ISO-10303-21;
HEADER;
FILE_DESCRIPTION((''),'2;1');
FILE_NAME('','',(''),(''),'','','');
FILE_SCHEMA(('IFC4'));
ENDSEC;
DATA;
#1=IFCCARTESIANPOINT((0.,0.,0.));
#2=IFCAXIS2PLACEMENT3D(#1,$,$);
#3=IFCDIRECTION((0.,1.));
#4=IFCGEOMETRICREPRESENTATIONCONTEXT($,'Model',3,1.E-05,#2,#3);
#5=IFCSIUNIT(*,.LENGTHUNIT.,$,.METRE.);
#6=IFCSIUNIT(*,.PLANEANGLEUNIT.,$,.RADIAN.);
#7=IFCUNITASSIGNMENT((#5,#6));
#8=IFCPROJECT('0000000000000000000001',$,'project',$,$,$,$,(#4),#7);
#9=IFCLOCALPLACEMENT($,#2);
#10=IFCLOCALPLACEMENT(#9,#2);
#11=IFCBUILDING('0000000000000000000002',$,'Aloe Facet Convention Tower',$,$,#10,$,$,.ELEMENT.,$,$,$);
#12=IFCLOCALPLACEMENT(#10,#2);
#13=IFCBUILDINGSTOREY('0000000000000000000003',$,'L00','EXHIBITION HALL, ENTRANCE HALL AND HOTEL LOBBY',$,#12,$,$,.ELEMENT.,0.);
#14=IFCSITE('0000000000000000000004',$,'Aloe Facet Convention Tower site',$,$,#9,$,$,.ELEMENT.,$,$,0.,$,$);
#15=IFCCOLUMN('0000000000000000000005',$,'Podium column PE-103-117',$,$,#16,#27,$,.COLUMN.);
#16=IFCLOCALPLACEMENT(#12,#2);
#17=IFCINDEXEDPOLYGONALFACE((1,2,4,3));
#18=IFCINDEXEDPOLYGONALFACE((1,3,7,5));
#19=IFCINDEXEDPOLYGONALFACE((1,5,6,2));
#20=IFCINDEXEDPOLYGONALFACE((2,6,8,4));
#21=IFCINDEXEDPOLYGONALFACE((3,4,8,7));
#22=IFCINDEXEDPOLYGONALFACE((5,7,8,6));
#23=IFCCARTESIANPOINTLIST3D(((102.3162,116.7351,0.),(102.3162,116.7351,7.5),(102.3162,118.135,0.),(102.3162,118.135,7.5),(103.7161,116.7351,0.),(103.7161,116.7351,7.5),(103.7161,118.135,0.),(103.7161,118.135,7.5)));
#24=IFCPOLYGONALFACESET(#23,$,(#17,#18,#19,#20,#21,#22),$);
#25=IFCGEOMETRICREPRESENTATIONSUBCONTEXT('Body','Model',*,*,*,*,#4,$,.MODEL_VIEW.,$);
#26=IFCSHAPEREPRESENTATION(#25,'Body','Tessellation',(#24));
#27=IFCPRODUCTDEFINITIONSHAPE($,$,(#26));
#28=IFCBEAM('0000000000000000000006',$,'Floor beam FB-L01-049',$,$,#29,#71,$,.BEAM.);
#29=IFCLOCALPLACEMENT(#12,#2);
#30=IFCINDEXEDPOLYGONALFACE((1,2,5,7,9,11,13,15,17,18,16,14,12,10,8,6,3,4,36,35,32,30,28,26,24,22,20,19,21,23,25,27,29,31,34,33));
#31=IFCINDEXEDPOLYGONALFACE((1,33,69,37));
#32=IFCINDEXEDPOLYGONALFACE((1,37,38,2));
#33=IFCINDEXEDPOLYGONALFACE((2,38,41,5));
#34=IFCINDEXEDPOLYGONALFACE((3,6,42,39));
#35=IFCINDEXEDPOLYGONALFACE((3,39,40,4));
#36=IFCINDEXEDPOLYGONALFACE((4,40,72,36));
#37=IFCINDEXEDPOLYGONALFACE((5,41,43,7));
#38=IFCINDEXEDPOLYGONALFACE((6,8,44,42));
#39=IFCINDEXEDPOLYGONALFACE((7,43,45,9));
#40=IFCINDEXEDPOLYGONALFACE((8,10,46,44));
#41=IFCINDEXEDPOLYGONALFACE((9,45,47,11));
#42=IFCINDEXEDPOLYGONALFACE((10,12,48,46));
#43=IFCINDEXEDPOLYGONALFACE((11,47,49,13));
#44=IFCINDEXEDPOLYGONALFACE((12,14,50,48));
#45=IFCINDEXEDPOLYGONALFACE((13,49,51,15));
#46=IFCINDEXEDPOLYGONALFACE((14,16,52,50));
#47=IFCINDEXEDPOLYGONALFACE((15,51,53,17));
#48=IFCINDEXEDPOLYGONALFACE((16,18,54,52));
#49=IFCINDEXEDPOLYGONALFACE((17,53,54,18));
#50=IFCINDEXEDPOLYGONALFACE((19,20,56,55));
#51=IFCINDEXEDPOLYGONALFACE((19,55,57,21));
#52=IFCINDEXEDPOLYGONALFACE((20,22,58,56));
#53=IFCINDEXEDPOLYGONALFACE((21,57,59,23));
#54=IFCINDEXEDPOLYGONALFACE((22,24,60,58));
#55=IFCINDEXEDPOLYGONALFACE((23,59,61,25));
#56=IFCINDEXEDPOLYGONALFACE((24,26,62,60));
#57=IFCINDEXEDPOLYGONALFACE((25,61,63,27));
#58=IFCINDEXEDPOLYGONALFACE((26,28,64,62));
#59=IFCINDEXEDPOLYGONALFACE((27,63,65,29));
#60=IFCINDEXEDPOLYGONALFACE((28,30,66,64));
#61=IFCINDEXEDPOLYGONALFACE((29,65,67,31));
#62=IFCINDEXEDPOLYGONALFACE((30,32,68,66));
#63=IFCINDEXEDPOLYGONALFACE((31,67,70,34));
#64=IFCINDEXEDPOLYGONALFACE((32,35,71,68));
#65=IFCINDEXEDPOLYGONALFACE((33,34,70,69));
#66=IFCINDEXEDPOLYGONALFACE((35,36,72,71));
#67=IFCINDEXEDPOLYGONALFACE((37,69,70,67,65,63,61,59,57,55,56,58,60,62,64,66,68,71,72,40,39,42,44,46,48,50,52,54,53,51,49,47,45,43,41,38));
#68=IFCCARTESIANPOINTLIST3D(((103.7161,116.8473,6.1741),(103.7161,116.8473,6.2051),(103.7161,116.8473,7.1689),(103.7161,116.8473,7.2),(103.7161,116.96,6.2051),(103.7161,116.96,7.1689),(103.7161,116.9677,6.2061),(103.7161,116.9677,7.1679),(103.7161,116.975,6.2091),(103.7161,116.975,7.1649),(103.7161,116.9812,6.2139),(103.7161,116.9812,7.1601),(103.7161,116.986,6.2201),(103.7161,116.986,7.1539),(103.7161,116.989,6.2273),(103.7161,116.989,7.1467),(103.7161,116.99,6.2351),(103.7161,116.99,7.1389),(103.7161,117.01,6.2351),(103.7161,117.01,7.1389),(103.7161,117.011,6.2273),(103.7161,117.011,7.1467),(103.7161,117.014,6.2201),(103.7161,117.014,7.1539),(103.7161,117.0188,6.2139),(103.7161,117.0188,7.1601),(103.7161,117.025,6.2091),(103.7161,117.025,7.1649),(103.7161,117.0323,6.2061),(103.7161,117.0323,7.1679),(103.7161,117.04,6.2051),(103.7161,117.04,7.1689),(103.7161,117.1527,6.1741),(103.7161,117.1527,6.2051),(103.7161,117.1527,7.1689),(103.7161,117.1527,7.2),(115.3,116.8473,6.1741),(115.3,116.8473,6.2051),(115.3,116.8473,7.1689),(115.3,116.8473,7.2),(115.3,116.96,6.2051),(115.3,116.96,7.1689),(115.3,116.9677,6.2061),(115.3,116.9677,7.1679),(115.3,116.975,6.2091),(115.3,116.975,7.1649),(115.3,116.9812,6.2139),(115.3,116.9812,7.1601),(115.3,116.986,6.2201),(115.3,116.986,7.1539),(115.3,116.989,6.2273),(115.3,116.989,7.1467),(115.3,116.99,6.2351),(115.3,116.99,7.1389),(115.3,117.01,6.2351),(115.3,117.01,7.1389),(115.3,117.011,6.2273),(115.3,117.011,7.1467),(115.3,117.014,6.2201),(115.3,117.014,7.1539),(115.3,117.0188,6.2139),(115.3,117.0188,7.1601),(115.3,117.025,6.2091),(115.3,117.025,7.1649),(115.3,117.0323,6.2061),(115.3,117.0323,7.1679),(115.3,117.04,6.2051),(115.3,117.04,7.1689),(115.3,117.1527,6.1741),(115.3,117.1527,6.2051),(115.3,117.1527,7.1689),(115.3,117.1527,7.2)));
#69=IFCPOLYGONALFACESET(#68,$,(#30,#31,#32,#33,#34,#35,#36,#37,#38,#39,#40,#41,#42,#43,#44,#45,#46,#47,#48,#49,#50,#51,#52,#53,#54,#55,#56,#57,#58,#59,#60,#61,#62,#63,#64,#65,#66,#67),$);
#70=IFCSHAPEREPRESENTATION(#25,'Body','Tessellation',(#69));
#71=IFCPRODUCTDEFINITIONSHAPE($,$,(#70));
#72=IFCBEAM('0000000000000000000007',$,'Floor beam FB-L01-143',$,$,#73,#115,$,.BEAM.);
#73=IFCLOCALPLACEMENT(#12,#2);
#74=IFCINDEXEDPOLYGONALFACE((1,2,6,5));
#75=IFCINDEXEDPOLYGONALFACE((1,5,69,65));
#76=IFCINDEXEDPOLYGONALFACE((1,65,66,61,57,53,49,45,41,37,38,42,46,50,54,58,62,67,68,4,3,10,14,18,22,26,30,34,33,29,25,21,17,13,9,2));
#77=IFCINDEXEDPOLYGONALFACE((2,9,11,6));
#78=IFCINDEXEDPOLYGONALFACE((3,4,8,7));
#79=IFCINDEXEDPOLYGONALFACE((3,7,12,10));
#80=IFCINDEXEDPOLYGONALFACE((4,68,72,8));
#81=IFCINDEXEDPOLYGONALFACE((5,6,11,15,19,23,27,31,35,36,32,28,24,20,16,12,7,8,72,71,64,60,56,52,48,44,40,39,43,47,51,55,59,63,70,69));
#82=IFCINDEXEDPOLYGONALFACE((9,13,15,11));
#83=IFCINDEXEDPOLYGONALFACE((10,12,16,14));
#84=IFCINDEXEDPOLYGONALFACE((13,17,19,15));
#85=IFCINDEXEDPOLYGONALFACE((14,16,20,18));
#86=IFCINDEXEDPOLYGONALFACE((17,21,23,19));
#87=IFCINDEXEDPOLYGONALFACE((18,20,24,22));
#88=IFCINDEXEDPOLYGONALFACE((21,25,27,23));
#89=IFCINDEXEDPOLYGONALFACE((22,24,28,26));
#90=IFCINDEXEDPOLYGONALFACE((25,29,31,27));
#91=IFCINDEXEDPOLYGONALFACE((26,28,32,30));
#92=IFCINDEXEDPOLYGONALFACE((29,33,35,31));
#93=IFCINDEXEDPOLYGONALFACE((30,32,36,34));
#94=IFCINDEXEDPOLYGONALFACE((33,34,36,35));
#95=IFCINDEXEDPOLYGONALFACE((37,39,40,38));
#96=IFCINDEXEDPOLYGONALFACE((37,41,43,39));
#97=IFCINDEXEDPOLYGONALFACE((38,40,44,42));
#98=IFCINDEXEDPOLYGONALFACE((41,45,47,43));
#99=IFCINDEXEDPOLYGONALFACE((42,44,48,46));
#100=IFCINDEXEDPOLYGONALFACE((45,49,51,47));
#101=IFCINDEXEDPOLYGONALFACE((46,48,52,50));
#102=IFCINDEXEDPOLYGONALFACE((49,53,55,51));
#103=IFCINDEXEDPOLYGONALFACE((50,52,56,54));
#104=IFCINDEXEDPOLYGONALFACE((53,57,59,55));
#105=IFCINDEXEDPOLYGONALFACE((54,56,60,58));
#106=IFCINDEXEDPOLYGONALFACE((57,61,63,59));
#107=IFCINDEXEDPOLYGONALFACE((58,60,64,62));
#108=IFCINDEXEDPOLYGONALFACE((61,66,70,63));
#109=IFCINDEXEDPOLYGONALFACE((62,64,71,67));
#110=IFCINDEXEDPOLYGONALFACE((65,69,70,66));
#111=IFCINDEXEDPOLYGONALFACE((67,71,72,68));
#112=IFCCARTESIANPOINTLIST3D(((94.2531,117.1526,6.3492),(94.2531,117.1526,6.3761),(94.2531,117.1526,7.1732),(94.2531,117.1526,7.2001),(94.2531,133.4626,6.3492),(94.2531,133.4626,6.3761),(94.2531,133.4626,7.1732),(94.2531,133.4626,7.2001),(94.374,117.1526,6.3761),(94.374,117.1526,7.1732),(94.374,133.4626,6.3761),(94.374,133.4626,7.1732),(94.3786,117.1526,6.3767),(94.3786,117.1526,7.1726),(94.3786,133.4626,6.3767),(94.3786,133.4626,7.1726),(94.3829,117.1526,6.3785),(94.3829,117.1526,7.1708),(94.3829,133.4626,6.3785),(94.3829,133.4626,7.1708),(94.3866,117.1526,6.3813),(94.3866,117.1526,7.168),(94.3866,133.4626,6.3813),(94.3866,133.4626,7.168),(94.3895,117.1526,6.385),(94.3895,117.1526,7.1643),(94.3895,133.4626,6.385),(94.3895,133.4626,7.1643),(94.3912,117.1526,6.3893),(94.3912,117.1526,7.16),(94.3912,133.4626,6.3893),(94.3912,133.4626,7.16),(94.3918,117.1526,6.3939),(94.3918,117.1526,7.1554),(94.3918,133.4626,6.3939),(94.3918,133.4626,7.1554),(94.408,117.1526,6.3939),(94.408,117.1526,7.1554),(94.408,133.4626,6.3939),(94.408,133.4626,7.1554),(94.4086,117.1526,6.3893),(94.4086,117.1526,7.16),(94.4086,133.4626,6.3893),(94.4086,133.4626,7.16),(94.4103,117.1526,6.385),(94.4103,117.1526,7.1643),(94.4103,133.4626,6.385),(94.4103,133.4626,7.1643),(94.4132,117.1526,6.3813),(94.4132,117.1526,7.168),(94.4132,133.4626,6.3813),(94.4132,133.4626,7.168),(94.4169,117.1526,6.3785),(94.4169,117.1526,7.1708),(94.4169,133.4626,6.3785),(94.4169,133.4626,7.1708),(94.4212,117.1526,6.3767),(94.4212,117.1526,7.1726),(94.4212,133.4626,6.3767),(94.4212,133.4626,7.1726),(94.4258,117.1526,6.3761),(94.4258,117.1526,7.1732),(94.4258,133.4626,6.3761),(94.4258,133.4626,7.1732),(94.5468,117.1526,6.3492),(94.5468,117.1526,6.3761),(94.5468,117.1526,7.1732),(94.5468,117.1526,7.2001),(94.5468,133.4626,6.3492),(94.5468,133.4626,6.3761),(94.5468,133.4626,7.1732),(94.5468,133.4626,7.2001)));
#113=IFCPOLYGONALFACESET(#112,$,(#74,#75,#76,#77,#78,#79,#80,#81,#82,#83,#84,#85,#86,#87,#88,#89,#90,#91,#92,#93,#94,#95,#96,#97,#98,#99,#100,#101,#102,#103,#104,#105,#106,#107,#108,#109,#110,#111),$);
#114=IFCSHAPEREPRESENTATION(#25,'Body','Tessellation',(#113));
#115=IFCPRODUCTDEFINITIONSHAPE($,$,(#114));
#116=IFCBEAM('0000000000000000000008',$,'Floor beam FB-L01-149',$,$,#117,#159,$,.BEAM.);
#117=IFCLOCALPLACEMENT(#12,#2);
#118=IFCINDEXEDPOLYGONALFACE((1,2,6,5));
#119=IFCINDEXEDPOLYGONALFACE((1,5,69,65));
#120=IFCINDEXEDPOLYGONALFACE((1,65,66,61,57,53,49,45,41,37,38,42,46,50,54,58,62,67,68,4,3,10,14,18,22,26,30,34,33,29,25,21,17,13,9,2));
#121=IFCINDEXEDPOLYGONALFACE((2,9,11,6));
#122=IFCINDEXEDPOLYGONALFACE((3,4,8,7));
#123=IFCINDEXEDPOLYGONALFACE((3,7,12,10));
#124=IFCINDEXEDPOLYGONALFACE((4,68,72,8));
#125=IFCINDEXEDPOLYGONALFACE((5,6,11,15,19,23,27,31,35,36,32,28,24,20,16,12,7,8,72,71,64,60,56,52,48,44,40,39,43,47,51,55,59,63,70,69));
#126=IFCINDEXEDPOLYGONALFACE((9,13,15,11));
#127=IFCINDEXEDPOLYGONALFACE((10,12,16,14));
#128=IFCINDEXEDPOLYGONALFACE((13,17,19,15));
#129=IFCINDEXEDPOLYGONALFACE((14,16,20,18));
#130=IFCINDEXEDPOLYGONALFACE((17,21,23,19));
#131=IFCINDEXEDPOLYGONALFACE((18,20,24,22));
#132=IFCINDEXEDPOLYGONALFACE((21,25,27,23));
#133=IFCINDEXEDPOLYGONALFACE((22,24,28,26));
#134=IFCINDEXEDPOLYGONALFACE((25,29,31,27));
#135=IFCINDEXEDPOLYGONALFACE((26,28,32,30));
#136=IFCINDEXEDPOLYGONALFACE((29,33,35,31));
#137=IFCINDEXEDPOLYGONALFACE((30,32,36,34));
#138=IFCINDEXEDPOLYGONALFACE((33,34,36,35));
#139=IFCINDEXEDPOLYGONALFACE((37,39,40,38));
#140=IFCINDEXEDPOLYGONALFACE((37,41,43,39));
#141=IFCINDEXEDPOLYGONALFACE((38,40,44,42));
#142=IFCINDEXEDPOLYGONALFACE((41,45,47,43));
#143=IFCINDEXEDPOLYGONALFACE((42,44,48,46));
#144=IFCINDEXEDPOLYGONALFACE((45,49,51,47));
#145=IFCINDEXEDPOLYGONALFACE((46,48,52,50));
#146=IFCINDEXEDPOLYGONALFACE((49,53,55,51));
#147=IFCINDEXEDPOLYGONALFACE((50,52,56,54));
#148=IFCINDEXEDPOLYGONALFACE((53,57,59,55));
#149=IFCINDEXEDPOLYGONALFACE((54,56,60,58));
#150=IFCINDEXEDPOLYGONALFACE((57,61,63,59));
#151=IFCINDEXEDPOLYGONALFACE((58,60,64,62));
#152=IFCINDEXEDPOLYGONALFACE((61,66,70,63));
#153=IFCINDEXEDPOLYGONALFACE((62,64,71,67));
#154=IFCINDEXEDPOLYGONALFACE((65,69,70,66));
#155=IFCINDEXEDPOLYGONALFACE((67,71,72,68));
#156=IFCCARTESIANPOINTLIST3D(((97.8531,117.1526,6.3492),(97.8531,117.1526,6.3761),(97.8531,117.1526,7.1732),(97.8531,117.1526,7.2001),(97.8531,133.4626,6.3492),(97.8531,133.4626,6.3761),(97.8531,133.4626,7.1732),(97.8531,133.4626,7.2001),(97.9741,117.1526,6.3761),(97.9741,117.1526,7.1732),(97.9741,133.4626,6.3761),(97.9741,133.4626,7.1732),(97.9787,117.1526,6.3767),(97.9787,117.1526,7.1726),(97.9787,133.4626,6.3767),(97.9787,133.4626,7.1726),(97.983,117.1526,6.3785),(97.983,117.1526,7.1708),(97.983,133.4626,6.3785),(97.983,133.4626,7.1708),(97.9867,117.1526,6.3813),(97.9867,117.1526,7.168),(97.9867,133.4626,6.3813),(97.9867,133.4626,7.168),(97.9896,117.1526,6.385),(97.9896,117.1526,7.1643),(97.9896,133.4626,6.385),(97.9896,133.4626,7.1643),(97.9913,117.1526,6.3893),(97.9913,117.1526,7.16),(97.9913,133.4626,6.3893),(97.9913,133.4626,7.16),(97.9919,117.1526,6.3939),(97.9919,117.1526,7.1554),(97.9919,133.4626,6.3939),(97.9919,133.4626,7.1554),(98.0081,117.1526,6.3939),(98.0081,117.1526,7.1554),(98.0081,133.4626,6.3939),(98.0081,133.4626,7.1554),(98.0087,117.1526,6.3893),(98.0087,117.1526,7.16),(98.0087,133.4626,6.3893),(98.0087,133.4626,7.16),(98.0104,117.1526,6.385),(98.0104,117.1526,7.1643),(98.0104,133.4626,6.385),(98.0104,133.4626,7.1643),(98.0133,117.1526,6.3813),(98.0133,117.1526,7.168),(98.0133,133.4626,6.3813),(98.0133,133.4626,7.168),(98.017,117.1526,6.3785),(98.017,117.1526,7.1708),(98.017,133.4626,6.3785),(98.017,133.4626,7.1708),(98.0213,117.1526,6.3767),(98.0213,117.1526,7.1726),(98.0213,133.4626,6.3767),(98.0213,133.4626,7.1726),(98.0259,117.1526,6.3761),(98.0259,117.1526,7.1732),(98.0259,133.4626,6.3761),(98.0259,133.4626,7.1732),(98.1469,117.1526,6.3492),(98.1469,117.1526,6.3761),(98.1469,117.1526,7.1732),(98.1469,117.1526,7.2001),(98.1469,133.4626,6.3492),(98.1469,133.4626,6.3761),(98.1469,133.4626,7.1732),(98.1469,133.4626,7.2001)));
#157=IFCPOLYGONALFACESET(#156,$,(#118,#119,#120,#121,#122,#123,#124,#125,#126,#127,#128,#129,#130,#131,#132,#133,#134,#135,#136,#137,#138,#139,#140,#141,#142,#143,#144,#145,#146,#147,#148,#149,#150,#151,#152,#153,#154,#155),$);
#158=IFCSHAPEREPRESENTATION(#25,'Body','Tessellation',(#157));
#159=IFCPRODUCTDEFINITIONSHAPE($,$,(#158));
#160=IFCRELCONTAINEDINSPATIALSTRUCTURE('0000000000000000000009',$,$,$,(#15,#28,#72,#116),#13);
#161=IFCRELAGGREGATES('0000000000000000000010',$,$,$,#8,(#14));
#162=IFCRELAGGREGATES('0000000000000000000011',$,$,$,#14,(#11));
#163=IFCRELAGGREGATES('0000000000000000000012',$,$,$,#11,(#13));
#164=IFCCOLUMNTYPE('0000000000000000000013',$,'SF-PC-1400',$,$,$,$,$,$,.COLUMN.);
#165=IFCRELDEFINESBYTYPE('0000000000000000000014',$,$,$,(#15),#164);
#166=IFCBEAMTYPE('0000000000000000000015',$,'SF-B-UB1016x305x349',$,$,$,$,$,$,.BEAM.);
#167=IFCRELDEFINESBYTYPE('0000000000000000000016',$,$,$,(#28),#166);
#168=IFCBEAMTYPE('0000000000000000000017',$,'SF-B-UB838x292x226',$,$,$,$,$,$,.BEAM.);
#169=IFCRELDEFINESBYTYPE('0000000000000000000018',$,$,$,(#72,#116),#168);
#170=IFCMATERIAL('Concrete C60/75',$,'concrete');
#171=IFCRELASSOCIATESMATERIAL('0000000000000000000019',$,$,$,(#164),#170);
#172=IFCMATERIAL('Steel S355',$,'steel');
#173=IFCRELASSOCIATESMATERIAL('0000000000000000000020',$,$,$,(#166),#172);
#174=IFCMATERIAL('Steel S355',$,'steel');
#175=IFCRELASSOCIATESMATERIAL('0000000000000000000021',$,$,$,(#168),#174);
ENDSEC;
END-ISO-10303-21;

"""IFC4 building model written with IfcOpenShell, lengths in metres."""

from ifc_helpers import new_model, si_unit, direction, frame, origin, origin_2d, place, context, subcontext, project, spatial, rectangle, i_section, extrude, material, material_profile, profile_set, type_object, element, save


model = new_model("IFC4")

# Units and contexts
model_context = context("Model", 3, precision=1e-05, world=origin(), true_north=direction((0.0, 1.0)))
body_context = subcontext(model_context, "Body", "Model", "MODEL_VIEW")
ifc_project = project(units=[si_unit("LENGTHUNIT", "METRE"), si_unit("PLANEANGLEUNIT", "RADIAN")], contexts=[model_context])

# Site, building, storey
site_placement = place(None, origin())
site = spatial("IfcSite", under=ifc_project, at=site_placement, Name="Aloe Facet Convention Tower site", CompositionType="ELEMENT", RefElevation=0.0)
building_placement = place(site_placement, origin())
building = spatial("IfcBuilding", under=site, at=building_placement, Name="Aloe Facet Convention Tower", CompositionType="ELEMENT")
storey_placement = place(building_placement, origin())
storey = spatial("IfcBuildingStorey", under=building, at=storey_placement, Name="L00", Description="EXHIBITION HALL, ENTRANCE HALL AND HOTEL LOBBY", CompositionType="ELEMENT", Elevation=0.0)

# Column
ifc_material_1 = material(Name="Concrete C60/75", Category="concrete")
ifc_material_profile_1 = material_profile(ifc_material_1, rectangle(XDim=1.3999, YDim=1.3999, at=origin_2d()), Name="SF-PC-1400")
ifc_profile_set_1 = profile_set([ifc_material_profile_1], Name="Concrete C60/75")
column_type = type_object("IfcColumnType", Name="SF-PC-1400", PredefinedType="COLUMN", material=ifc_profile_set_1)
column_placement = place(storey_placement, frame((103.0161, 117.4351, 0.0), z_axis=(0.0, 0.0, 1.0), x_axis=(1.0, 0.0, 0.0)))
element("IfcColumn", 1, at=column_placement, inside=storey, type_object=column_type, Name="Podium column PE-103-117", PredefinedType="COLUMN", context=body_context, shape_type="SweptSolid", body=[
    extrude(rectangle(XDim=1.3999, YDim=1.3999, at=origin_2d()), origin(), (0.0, 0.0, 1.0), 7.5),
])

# Beams
ifc_material_2 = material(Name="Steel S355", Category="steel")
ifc_material_profile_2 = material_profile(ifc_material_2, i_section(OverallWidth=0.3054, OverallDepth=1.0259, WebThickness=0.02, FlangeThickness=0.031, FilletRadius=0.03, at=origin_2d()), Name="UB 1016x305x349")
ifc_profile_set_2 = profile_set([ifc_material_profile_2], Name="Steel S355")
beam_type_1 = type_object("IfcBeamType", Name="SF-B-UB1016x305x349", PredefinedType="BEAM", material=ifc_profile_set_2)
beam_placement = place(storey_placement, frame((103.7161, 117.0, 6.687), z_axis=(1.0, 0.0, 0.0), x_axis=(0.0, 1.0, 0.0)))
element("IfcBeam", 2, at=beam_placement, inside=storey, type_object=beam_type_1, Name="Floor beam FB-L01-049", PredefinedType="BEAM", context=body_context, shape_type="SweptSolid", body=[
    extrude(i_section(OverallWidth=0.3054, OverallDepth=1.0259, WebThickness=0.02, FlangeThickness=0.031, FilletRadius=0.03, at=origin_2d()), origin(), (0.0, 0.0, 1.0), 11.584),
])
ifc_material_3 = material(Name="Steel S355", Category="steel")
ifc_material_profile_3 = material_profile(ifc_material_3, i_section(OverallWidth=0.2937, OverallDepth=0.8508, WebThickness=0.0161, FlangeThickness=0.0269, FilletRadius=0.0178, at=origin_2d()), Name="UB 838x292x226")
ifc_profile_set_3 = profile_set([ifc_material_profile_3], Name="Steel S355")
beam_type_2 = type_object("IfcBeamType", Name="SF-B-UB838x292x226", PredefinedType="BEAM", material=ifc_profile_set_3)
for number, where, z_axis, x_axis, name in (
    (3, (94.3999, 117.1526, 6.7747), (0.0, 1.0, 0.0), (-1.0, 0.0, 0.0), "Floor beam FB-L01-143"),
    (4, (98.0, 117.1526, 6.7747), (0.0, 1.0, 0.0), (-1.0, 0.0, 0.0), "Floor beam FB-L01-149"),
):
    element("IfcBeam", number, at=place(storey_placement, frame(where, z_axis=z_axis, x_axis=x_axis)), inside=storey, type_object=beam_type_2, Name=name, PredefinedType="BEAM", context=body_context, shape_type="SweptSolid", body=[
        extrude(i_section(OverallWidth=0.2937, OverallDepth=0.8508, WebThickness=0.0161, FlangeThickness=0.0269, FilletRadius=0.0178, at=origin_2d()), origin(), (0.0, 0.0, 1.0), 16.3101),
    ])

save(model, "model.ifc")
